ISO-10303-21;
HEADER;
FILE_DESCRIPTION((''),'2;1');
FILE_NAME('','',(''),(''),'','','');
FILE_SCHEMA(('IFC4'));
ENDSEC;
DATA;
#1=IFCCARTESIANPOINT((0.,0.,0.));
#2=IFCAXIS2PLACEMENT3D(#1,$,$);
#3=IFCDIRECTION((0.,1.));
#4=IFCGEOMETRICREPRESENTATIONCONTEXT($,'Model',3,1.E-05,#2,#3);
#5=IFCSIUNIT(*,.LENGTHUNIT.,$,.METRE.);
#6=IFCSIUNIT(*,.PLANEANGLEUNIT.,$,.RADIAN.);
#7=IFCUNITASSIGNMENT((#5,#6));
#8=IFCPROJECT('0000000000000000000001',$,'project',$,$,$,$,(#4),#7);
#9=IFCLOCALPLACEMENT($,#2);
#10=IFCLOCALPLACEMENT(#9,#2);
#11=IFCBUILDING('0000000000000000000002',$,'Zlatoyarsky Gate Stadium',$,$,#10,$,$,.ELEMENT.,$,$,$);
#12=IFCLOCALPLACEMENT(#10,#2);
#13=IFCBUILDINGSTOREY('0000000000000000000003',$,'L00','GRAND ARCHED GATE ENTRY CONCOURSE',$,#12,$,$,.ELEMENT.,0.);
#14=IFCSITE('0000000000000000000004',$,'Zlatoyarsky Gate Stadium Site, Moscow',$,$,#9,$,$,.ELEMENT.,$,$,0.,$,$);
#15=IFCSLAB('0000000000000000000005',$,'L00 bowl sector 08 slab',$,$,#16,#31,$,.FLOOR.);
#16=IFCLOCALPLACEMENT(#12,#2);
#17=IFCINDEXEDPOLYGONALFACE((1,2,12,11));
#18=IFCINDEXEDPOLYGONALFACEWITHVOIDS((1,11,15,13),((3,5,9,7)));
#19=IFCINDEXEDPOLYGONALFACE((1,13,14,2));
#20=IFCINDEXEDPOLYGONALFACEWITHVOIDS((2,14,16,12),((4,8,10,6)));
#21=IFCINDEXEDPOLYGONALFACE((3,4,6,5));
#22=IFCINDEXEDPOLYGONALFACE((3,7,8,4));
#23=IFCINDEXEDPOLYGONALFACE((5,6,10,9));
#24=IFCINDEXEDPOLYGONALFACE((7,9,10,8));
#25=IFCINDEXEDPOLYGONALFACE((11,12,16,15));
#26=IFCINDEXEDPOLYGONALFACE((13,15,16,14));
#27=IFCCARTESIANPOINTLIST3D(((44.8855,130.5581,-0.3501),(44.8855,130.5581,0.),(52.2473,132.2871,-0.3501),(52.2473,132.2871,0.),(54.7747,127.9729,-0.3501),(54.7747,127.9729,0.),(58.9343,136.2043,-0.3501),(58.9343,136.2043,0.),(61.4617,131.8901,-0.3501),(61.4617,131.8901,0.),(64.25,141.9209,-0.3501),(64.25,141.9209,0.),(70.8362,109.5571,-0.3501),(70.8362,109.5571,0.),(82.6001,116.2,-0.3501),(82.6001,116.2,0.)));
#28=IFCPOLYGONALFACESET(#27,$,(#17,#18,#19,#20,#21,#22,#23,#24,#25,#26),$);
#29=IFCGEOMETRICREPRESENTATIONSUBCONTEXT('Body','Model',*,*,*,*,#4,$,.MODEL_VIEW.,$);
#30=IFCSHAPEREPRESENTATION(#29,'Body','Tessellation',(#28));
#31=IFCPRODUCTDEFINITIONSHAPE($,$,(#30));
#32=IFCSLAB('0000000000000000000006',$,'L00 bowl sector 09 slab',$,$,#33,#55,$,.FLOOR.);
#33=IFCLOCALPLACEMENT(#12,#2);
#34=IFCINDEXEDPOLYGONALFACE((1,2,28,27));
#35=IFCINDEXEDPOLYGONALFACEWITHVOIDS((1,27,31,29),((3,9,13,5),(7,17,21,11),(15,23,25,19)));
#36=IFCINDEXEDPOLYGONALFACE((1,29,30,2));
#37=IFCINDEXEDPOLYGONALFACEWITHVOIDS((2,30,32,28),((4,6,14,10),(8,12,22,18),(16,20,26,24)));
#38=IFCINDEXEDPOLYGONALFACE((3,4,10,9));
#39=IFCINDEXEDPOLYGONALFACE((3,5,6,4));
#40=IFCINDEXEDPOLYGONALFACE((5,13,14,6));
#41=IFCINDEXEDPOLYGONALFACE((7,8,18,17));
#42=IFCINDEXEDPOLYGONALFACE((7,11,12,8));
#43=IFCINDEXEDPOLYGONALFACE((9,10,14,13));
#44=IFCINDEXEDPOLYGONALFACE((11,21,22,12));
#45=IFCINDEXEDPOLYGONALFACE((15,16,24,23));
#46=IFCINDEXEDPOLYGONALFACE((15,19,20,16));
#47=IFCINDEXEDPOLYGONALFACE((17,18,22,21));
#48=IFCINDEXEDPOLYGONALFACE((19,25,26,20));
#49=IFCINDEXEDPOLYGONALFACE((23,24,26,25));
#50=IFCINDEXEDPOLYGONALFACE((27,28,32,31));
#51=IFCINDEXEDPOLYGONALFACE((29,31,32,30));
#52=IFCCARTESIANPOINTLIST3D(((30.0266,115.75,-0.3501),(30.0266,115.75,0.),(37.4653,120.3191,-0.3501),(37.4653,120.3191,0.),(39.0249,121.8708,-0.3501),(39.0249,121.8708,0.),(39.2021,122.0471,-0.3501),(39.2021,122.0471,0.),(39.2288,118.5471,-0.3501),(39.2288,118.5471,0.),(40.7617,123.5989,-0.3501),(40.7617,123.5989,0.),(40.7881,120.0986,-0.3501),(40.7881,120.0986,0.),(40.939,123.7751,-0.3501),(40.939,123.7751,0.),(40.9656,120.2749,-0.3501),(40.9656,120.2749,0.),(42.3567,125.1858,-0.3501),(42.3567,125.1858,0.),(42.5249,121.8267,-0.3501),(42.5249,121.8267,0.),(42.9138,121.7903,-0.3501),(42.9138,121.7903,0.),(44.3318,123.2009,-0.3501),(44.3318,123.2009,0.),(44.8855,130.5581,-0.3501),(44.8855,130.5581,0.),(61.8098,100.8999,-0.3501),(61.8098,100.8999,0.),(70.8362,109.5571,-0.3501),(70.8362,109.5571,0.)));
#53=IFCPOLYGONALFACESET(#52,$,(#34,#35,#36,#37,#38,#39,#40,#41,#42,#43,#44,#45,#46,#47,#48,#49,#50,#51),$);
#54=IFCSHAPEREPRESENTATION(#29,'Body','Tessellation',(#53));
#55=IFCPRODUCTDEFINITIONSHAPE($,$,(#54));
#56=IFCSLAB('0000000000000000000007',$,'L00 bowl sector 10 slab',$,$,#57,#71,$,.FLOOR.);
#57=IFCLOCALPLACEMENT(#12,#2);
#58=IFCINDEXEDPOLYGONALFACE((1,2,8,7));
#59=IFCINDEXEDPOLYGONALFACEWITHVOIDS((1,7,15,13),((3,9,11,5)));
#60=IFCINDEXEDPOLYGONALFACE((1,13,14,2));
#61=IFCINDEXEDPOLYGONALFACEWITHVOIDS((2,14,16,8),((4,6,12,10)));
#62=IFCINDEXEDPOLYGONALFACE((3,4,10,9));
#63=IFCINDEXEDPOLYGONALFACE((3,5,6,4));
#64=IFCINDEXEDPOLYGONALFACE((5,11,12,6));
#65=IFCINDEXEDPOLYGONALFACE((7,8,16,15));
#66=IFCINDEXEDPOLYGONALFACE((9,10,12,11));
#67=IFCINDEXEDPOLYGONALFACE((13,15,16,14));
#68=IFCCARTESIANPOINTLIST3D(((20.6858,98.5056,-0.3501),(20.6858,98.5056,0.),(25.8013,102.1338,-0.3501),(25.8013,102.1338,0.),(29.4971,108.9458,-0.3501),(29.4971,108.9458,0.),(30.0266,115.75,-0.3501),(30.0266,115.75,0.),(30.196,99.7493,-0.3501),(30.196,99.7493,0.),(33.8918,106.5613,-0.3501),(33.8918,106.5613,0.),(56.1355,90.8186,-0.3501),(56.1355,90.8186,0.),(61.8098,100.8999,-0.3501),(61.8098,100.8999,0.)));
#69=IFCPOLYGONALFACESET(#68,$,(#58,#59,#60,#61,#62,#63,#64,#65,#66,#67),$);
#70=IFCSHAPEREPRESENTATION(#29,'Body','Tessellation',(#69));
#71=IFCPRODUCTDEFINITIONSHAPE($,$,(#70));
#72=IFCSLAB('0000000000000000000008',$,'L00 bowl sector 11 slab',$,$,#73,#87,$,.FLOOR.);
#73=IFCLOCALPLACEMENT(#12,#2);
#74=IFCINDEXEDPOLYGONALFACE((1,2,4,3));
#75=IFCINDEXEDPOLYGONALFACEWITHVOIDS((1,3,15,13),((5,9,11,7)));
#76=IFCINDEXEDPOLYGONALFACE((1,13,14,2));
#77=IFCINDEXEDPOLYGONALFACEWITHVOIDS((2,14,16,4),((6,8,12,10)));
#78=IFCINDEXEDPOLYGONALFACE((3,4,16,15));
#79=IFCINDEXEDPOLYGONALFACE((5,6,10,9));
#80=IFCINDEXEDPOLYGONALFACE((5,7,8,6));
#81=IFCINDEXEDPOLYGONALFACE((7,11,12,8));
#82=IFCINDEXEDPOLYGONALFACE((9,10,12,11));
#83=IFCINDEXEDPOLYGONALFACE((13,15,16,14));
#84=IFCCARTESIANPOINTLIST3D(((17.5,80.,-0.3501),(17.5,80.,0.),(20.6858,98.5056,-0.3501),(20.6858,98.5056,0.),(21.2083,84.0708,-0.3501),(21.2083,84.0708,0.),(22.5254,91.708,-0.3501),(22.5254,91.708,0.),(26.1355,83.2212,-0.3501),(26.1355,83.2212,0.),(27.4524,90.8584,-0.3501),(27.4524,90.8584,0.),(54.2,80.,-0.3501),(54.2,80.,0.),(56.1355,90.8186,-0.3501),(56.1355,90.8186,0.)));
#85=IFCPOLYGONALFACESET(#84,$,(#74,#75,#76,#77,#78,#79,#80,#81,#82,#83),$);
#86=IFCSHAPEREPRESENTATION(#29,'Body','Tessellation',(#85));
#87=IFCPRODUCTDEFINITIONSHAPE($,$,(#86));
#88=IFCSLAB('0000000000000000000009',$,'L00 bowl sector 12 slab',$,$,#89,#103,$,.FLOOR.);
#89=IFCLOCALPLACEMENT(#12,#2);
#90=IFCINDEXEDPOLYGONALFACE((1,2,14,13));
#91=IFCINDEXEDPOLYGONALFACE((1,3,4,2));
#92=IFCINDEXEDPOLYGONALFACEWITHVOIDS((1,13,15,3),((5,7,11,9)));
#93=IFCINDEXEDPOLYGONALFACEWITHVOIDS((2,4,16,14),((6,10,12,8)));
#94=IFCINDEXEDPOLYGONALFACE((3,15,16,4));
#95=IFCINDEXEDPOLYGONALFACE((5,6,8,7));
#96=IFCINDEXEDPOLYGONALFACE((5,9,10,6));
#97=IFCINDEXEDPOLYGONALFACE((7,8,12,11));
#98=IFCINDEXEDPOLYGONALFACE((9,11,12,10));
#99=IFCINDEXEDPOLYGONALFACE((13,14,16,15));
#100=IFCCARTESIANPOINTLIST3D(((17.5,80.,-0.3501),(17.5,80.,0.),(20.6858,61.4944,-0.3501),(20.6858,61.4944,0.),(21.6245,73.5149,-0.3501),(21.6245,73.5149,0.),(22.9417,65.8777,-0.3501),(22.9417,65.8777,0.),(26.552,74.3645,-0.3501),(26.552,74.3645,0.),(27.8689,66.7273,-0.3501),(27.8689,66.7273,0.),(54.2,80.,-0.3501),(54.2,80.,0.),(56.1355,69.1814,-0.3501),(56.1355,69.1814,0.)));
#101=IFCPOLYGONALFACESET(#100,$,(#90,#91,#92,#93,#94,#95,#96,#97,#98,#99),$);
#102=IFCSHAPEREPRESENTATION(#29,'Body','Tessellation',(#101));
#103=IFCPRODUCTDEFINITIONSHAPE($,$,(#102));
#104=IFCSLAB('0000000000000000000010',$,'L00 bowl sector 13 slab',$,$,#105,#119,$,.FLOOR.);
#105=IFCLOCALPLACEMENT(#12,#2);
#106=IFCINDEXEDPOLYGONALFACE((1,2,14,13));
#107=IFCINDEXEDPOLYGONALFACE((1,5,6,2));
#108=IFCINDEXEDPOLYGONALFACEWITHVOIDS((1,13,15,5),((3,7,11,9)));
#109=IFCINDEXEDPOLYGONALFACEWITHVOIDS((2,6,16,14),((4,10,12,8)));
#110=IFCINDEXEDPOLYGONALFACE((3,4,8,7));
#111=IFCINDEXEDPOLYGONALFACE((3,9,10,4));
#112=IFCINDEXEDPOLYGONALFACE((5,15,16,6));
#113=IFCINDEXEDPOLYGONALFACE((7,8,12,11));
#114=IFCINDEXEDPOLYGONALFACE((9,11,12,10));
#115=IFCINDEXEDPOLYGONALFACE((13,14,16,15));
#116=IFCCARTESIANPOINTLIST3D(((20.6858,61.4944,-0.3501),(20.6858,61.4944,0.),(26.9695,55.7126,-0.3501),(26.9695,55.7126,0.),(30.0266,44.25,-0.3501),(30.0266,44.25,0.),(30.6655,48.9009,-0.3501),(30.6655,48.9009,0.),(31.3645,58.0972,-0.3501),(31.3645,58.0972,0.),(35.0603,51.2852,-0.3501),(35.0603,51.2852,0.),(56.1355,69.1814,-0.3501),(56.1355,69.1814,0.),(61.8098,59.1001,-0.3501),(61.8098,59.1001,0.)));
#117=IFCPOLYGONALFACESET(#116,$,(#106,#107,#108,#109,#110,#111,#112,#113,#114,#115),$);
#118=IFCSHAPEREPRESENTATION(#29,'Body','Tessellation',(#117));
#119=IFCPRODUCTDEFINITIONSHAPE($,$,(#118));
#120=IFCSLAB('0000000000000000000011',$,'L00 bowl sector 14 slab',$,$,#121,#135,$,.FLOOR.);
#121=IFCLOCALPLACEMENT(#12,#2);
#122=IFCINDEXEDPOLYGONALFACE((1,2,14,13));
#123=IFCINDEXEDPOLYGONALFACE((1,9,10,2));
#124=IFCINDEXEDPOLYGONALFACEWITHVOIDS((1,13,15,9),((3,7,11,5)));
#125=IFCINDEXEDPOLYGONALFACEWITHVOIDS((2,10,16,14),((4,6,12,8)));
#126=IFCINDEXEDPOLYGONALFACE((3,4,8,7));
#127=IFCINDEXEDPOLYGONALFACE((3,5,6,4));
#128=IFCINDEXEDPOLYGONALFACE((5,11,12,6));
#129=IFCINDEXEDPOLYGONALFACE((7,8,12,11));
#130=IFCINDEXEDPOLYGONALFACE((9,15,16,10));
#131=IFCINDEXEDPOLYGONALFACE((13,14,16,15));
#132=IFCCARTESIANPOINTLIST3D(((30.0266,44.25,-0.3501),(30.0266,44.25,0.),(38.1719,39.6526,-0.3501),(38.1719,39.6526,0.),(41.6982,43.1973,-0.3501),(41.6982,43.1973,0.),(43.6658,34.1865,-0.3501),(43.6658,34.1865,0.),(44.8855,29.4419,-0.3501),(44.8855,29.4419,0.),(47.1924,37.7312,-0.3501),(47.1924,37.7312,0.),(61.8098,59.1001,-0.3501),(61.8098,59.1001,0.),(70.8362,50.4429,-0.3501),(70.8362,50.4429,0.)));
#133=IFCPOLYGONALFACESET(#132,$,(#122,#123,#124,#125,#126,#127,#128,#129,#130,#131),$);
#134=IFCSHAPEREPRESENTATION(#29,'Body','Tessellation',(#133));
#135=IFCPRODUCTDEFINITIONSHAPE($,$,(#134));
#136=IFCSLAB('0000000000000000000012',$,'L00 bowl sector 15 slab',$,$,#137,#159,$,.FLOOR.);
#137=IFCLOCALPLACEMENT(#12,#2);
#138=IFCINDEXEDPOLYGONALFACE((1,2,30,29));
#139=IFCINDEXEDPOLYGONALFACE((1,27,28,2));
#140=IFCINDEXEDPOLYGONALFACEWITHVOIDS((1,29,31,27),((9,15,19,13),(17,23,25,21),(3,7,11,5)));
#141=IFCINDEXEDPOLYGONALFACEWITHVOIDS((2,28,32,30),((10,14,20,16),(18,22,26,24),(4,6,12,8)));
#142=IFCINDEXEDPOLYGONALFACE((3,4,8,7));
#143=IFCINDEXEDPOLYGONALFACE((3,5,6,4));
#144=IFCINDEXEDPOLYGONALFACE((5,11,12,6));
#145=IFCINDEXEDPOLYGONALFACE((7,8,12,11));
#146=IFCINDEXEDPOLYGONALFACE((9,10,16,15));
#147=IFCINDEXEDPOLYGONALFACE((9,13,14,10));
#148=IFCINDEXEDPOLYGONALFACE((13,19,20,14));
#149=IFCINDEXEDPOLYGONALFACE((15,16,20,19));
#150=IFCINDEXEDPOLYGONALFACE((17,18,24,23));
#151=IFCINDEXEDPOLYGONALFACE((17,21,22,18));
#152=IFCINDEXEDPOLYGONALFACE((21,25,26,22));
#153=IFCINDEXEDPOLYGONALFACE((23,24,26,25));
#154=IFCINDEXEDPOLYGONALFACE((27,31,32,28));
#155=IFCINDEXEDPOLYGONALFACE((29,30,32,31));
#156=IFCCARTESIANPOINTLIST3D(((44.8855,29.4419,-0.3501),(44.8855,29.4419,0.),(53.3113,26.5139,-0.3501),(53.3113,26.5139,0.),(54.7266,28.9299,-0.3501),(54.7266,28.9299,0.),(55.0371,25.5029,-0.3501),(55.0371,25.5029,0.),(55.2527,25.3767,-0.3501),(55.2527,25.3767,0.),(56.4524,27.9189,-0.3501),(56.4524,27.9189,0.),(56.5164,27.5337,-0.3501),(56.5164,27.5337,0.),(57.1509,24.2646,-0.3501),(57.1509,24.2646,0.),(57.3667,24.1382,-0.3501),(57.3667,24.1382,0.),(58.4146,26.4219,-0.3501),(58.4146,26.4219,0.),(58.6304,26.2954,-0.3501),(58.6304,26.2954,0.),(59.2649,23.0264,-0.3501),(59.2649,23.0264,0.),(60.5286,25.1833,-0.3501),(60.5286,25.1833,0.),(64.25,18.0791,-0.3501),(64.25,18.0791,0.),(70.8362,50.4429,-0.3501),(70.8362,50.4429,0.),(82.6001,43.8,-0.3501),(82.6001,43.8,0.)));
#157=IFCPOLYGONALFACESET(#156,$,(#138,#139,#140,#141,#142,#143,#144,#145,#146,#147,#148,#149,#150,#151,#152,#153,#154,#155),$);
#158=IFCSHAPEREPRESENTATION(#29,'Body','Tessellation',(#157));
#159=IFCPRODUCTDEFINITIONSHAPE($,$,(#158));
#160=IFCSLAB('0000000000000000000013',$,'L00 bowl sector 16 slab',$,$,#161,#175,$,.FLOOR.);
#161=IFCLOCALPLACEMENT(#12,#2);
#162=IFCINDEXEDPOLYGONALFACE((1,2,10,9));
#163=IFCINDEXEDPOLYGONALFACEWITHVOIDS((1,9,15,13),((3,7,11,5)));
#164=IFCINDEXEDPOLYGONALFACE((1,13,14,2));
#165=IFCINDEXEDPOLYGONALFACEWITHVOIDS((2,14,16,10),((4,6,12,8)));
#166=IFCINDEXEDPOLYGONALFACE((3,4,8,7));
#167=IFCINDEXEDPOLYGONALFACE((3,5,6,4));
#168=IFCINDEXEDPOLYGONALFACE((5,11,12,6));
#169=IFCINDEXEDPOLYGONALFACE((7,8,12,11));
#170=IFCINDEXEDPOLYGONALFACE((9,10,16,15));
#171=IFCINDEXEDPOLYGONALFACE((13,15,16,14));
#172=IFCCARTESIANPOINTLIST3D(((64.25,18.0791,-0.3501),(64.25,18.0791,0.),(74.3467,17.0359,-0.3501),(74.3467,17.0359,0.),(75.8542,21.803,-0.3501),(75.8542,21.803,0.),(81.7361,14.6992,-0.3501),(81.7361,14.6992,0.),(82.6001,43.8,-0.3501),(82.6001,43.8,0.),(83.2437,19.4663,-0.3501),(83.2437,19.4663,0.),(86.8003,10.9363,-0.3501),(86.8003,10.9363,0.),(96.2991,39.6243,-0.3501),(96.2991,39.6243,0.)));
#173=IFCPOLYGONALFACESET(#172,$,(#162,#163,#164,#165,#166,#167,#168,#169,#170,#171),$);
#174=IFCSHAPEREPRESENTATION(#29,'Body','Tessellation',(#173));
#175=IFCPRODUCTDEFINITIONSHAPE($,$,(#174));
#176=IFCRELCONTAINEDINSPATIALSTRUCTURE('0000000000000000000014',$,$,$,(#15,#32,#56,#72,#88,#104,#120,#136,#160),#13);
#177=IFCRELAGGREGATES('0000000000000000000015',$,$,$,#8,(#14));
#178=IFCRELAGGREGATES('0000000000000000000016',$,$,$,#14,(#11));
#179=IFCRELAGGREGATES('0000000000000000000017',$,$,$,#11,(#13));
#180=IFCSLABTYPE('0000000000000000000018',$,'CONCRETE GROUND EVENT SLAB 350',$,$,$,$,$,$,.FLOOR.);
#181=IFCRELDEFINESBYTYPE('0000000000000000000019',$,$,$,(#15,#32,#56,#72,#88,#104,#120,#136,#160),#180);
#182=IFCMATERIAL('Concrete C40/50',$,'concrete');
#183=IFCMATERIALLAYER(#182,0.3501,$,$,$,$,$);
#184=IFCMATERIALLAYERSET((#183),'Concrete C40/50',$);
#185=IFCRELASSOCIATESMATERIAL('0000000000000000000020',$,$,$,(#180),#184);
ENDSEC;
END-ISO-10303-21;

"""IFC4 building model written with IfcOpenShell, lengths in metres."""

from ifc_helpers import new_model, si_unit, direction, frame, origin, place, context, subcontext, project, spatial, polyline, outline, extrude, material, layer, layer_set, type_object, element, save


model = new_model("IFC4")

# Units and contexts
model_context = context("Model", 3, precision=1e-05, world=origin(), true_north=direction((0.0, 1.0)))
body_context = subcontext(model_context, "Body", "Model", "MODEL_VIEW")
ifc_project = project(units=[si_unit("LENGTHUNIT", "METRE"), si_unit("PLANEANGLEUNIT", "RADIAN")], contexts=[model_context])

# Site, building, storey
site_placement = place(None, origin())
site = spatial("IfcSite", under=ifc_project, at=site_placement, Name="Zlatoyarsky Gate Stadium Site, Moscow", CompositionType="ELEMENT", RefElevation=0.0)
building_placement = place(site_placement, origin())
building = spatial("IfcBuilding", under=site, at=building_placement, Name="Zlatoyarsky Gate Stadium", CompositionType="ELEMENT")
storey_placement = place(building_placement, origin())
storey = spatial("IfcBuildingStorey", under=building, at=storey_placement, Name="L00", Description="GRAND ARCHED GATE ENTRY CONCOURSE", CompositionType="ELEMENT", Elevation=0.0)

# Slabs
ifc_material_1 = material(Name="Concrete C40/50", Category="concrete")
ifc_layer_1 = layer(ifc_material_1, 0.3501)
ifc_layer_set_1 = layer_set([ifc_layer_1], Name="Concrete C40/50")
slab_type_1 = type_object("IfcSlabType", Name="CONCRETE GROUND EVENT SLAB 350", PredefinedType="FLOOR", material=ifc_layer_set_1)
slab_1_placement = place(storey_placement, frame((0.0, 0.0, -0.3501)))
element("IfcSlab", 1, at=slab_1_placement, inside=storey, type_object=slab_type_1, Name="L00 bowl sector 08 slab", PredefinedType="FLOOR", context=body_context, shape_type="SweptSolid", body=[
    extrude(outline(polyline([(70.8362, 109.5571), (44.8855, 130.5581), (64.25, 141.9209), (82.6001, 116.2), (70.8362, 109.5571)]), holes=[polyline([(61.4617, 131.8901), (58.9343, 136.2043), (52.2473, 132.2871), (54.7747, 127.9729), (61.4617, 131.8901)])]), origin(), (0.0, 0.0, 1.0), 0.3501),
])
slab_2_placement = place(storey_placement, frame((0.0, 0.0, -0.3501)))
element("IfcSlab", 2, at=slab_2_placement, inside=storey, type_object=slab_type_1, Name="L00 bowl sector 09 slab", PredefinedType="FLOOR", context=body_context, shape_type="SweptSolid", body=[
    extrude(outline(polyline([(61.8098, 100.8999), (30.0266, 115.75), (44.8855, 130.5581), (70.8362, 109.5571), (61.8098, 100.8999)]), holes=[polyline([(40.7881, 120.0986), (39.0249, 121.8708), (37.4653, 120.3191), (39.2288, 118.5471), (40.7881, 120.0986)]), polyline([(40.7617, 123.5989), (39.2021, 122.0471), (40.9656, 120.2749), (42.5249, 121.8267), (40.7617, 123.5989)]), polyline([(44.3318, 123.2009), (42.3567, 125.1858), (40.939, 123.7751), (42.9138, 121.7903), (44.3318, 123.2009)])]), origin(), (0.0, 0.0, 1.0), 0.3501),
])
slab_3_placement = place(storey_placement, frame((0.0, 0.0, -0.3501)))
element("IfcSlab", 3, at=slab_3_placement, inside=storey, type_object=slab_type_1, Name="L00 bowl sector 10 slab", PredefinedType="FLOOR", context=body_context, shape_type="SweptSolid", body=[
    extrude(outline(polyline([(56.1355, 90.8186), (20.6858, 98.5056), (30.0266, 115.75), (61.8098, 100.8999), (56.1355, 90.8186)]), holes=[polyline([(33.8918, 106.5613), (29.4971, 108.9458), (25.8013, 102.1338), (30.196, 99.7493), (33.8918, 106.5613)])]), origin(), (0.0, 0.0, 1.0), 0.3501),
])
slab_4_placement = place(storey_placement, frame((0.0, 0.0, -0.3501)))
element("IfcSlab", 4, at=slab_4_placement, inside=storey, type_object=slab_type_1, Name="L00 bowl sector 11 slab", PredefinedType="FLOOR", context=body_context, shape_type="SweptSolid", body=[
    extrude(outline(polyline([(54.2, 80.0), (17.5, 80.0), (20.6858, 98.5056), (56.1355, 90.8186), (54.2, 80.0)]), holes=[polyline([(27.4524, 90.8584), (22.5254, 91.708), (21.2083, 84.0708), (26.1355, 83.2212), (27.4524, 90.8584)])]), origin(), (0.0, 0.0, 1.0), 0.3501),
])
slab_5_placement = place(storey_placement, frame((0.0, 0.0, -0.3501)))
element("IfcSlab", 5, at=slab_5_placement, inside=storey, type_object=slab_type_1, Name="L00 bowl sector 12 slab", PredefinedType="FLOOR", context=body_context, shape_type="SweptSolid", body=[
    extrude(outline(polyline([(56.1355, 69.1814), (20.6858, 61.4944), (17.5, 80.0), (54.2, 80.0), (56.1355, 69.1814)]), holes=[polyline([(26.552, 74.3645), (21.6245, 73.5149), (22.9417, 65.8777), (27.8689, 66.7273), (26.552, 74.3645)])]), origin(), (0.0, 0.0, 1.0), 0.3501),
])
slab_6_placement = place(storey_placement, frame((0.0, 0.0, -0.3501)))
element("IfcSlab", 6, at=slab_6_placement, inside=storey, type_object=slab_type_1, Name="L00 bowl sector 13 slab", PredefinedType="FLOOR", context=body_context, shape_type="SweptSolid", body=[
    extrude(outline(polyline([(61.8098, 59.1001), (30.0266, 44.25), (20.6858, 61.4944), (56.1355, 69.1814), (61.8098, 59.1001)]), holes=[polyline([(31.3645, 58.0972), (26.9695, 55.7126), (30.6655, 48.9009), (35.0603, 51.2852), (31.3645, 58.0972)])]), origin(), (0.0, 0.0, 1.0), 0.3501),
])
slab_7_placement = place(storey_placement, frame((0.0, 0.0, -0.3501)))
element("IfcSlab", 7, at=slab_7_placement, inside=storey, type_object=slab_type_1, Name="L00 bowl sector 14 slab", PredefinedType="FLOOR", context=body_context, shape_type="SweptSolid", body=[
    extrude(outline(polyline([(70.8362, 50.4429), (44.8855, 29.4419), (30.0266, 44.25), (61.8098, 59.1001), (70.8362, 50.4429)]), holes=[polyline([(41.6982, 43.1973), (38.1719, 39.6526), (43.6658, 34.1865), (47.1924, 37.7312), (41.6982, 43.1973)])]), origin(), (0.0, 0.0, 1.0), 0.3501),
])
slab_8_placement = place(storey_placement, frame((0.0, 0.0, -0.3501)))
element("IfcSlab", 8, at=slab_8_placement, inside=storey, type_object=slab_type_1, Name="L00 bowl sector 15 slab", PredefinedType="FLOOR", context=body_context, shape_type="SweptSolid", body=[
    extrude(outline(polyline([(82.6001, 43.8), (64.25, 18.0791), (44.8855, 29.4419), (70.8362, 50.4429), (82.6001, 43.8)]), holes=[polyline([(56.5164, 27.5337), (55.2527, 25.3767), (57.1509, 24.2646), (58.4146, 26.4219), (56.5164, 27.5337)]), polyline([(53.3113, 26.5139), (55.0371, 25.5029), (56.4524, 27.9189), (54.7266, 28.9299), (53.3113, 26.5139)]), polyline([(57.3667, 24.1382), (59.2649, 23.0264), (60.5286, 25.1833), (58.6304, 26.2954), (57.3667, 24.1382)])]), origin(), (0.0, 0.0, 1.0), 0.3501),
])
slab_9_placement = place(storey_placement, frame((0.0, 0.0, -0.3501)))
element("IfcSlab", 9, at=slab_9_placement, inside=storey, type_object=slab_type_1, Name="L00 bowl sector 16 slab", PredefinedType="FLOOR", context=body_context, shape_type="SweptSolid", body=[
    extrude(outline(polyline([(96.2991, 39.6243), (86.8003, 10.9363), (64.25, 18.0791), (82.6001, 43.8), (96.2991, 39.6243)]), holes=[polyline([(75.8542, 21.803), (74.3467, 17.0359), (81.7361, 14.6992), (83.2437, 19.4663), (75.8542, 21.803)])]), origin(), (0.0, 0.0, 1.0), 0.3501),
])

save(model, "model.ifc")
